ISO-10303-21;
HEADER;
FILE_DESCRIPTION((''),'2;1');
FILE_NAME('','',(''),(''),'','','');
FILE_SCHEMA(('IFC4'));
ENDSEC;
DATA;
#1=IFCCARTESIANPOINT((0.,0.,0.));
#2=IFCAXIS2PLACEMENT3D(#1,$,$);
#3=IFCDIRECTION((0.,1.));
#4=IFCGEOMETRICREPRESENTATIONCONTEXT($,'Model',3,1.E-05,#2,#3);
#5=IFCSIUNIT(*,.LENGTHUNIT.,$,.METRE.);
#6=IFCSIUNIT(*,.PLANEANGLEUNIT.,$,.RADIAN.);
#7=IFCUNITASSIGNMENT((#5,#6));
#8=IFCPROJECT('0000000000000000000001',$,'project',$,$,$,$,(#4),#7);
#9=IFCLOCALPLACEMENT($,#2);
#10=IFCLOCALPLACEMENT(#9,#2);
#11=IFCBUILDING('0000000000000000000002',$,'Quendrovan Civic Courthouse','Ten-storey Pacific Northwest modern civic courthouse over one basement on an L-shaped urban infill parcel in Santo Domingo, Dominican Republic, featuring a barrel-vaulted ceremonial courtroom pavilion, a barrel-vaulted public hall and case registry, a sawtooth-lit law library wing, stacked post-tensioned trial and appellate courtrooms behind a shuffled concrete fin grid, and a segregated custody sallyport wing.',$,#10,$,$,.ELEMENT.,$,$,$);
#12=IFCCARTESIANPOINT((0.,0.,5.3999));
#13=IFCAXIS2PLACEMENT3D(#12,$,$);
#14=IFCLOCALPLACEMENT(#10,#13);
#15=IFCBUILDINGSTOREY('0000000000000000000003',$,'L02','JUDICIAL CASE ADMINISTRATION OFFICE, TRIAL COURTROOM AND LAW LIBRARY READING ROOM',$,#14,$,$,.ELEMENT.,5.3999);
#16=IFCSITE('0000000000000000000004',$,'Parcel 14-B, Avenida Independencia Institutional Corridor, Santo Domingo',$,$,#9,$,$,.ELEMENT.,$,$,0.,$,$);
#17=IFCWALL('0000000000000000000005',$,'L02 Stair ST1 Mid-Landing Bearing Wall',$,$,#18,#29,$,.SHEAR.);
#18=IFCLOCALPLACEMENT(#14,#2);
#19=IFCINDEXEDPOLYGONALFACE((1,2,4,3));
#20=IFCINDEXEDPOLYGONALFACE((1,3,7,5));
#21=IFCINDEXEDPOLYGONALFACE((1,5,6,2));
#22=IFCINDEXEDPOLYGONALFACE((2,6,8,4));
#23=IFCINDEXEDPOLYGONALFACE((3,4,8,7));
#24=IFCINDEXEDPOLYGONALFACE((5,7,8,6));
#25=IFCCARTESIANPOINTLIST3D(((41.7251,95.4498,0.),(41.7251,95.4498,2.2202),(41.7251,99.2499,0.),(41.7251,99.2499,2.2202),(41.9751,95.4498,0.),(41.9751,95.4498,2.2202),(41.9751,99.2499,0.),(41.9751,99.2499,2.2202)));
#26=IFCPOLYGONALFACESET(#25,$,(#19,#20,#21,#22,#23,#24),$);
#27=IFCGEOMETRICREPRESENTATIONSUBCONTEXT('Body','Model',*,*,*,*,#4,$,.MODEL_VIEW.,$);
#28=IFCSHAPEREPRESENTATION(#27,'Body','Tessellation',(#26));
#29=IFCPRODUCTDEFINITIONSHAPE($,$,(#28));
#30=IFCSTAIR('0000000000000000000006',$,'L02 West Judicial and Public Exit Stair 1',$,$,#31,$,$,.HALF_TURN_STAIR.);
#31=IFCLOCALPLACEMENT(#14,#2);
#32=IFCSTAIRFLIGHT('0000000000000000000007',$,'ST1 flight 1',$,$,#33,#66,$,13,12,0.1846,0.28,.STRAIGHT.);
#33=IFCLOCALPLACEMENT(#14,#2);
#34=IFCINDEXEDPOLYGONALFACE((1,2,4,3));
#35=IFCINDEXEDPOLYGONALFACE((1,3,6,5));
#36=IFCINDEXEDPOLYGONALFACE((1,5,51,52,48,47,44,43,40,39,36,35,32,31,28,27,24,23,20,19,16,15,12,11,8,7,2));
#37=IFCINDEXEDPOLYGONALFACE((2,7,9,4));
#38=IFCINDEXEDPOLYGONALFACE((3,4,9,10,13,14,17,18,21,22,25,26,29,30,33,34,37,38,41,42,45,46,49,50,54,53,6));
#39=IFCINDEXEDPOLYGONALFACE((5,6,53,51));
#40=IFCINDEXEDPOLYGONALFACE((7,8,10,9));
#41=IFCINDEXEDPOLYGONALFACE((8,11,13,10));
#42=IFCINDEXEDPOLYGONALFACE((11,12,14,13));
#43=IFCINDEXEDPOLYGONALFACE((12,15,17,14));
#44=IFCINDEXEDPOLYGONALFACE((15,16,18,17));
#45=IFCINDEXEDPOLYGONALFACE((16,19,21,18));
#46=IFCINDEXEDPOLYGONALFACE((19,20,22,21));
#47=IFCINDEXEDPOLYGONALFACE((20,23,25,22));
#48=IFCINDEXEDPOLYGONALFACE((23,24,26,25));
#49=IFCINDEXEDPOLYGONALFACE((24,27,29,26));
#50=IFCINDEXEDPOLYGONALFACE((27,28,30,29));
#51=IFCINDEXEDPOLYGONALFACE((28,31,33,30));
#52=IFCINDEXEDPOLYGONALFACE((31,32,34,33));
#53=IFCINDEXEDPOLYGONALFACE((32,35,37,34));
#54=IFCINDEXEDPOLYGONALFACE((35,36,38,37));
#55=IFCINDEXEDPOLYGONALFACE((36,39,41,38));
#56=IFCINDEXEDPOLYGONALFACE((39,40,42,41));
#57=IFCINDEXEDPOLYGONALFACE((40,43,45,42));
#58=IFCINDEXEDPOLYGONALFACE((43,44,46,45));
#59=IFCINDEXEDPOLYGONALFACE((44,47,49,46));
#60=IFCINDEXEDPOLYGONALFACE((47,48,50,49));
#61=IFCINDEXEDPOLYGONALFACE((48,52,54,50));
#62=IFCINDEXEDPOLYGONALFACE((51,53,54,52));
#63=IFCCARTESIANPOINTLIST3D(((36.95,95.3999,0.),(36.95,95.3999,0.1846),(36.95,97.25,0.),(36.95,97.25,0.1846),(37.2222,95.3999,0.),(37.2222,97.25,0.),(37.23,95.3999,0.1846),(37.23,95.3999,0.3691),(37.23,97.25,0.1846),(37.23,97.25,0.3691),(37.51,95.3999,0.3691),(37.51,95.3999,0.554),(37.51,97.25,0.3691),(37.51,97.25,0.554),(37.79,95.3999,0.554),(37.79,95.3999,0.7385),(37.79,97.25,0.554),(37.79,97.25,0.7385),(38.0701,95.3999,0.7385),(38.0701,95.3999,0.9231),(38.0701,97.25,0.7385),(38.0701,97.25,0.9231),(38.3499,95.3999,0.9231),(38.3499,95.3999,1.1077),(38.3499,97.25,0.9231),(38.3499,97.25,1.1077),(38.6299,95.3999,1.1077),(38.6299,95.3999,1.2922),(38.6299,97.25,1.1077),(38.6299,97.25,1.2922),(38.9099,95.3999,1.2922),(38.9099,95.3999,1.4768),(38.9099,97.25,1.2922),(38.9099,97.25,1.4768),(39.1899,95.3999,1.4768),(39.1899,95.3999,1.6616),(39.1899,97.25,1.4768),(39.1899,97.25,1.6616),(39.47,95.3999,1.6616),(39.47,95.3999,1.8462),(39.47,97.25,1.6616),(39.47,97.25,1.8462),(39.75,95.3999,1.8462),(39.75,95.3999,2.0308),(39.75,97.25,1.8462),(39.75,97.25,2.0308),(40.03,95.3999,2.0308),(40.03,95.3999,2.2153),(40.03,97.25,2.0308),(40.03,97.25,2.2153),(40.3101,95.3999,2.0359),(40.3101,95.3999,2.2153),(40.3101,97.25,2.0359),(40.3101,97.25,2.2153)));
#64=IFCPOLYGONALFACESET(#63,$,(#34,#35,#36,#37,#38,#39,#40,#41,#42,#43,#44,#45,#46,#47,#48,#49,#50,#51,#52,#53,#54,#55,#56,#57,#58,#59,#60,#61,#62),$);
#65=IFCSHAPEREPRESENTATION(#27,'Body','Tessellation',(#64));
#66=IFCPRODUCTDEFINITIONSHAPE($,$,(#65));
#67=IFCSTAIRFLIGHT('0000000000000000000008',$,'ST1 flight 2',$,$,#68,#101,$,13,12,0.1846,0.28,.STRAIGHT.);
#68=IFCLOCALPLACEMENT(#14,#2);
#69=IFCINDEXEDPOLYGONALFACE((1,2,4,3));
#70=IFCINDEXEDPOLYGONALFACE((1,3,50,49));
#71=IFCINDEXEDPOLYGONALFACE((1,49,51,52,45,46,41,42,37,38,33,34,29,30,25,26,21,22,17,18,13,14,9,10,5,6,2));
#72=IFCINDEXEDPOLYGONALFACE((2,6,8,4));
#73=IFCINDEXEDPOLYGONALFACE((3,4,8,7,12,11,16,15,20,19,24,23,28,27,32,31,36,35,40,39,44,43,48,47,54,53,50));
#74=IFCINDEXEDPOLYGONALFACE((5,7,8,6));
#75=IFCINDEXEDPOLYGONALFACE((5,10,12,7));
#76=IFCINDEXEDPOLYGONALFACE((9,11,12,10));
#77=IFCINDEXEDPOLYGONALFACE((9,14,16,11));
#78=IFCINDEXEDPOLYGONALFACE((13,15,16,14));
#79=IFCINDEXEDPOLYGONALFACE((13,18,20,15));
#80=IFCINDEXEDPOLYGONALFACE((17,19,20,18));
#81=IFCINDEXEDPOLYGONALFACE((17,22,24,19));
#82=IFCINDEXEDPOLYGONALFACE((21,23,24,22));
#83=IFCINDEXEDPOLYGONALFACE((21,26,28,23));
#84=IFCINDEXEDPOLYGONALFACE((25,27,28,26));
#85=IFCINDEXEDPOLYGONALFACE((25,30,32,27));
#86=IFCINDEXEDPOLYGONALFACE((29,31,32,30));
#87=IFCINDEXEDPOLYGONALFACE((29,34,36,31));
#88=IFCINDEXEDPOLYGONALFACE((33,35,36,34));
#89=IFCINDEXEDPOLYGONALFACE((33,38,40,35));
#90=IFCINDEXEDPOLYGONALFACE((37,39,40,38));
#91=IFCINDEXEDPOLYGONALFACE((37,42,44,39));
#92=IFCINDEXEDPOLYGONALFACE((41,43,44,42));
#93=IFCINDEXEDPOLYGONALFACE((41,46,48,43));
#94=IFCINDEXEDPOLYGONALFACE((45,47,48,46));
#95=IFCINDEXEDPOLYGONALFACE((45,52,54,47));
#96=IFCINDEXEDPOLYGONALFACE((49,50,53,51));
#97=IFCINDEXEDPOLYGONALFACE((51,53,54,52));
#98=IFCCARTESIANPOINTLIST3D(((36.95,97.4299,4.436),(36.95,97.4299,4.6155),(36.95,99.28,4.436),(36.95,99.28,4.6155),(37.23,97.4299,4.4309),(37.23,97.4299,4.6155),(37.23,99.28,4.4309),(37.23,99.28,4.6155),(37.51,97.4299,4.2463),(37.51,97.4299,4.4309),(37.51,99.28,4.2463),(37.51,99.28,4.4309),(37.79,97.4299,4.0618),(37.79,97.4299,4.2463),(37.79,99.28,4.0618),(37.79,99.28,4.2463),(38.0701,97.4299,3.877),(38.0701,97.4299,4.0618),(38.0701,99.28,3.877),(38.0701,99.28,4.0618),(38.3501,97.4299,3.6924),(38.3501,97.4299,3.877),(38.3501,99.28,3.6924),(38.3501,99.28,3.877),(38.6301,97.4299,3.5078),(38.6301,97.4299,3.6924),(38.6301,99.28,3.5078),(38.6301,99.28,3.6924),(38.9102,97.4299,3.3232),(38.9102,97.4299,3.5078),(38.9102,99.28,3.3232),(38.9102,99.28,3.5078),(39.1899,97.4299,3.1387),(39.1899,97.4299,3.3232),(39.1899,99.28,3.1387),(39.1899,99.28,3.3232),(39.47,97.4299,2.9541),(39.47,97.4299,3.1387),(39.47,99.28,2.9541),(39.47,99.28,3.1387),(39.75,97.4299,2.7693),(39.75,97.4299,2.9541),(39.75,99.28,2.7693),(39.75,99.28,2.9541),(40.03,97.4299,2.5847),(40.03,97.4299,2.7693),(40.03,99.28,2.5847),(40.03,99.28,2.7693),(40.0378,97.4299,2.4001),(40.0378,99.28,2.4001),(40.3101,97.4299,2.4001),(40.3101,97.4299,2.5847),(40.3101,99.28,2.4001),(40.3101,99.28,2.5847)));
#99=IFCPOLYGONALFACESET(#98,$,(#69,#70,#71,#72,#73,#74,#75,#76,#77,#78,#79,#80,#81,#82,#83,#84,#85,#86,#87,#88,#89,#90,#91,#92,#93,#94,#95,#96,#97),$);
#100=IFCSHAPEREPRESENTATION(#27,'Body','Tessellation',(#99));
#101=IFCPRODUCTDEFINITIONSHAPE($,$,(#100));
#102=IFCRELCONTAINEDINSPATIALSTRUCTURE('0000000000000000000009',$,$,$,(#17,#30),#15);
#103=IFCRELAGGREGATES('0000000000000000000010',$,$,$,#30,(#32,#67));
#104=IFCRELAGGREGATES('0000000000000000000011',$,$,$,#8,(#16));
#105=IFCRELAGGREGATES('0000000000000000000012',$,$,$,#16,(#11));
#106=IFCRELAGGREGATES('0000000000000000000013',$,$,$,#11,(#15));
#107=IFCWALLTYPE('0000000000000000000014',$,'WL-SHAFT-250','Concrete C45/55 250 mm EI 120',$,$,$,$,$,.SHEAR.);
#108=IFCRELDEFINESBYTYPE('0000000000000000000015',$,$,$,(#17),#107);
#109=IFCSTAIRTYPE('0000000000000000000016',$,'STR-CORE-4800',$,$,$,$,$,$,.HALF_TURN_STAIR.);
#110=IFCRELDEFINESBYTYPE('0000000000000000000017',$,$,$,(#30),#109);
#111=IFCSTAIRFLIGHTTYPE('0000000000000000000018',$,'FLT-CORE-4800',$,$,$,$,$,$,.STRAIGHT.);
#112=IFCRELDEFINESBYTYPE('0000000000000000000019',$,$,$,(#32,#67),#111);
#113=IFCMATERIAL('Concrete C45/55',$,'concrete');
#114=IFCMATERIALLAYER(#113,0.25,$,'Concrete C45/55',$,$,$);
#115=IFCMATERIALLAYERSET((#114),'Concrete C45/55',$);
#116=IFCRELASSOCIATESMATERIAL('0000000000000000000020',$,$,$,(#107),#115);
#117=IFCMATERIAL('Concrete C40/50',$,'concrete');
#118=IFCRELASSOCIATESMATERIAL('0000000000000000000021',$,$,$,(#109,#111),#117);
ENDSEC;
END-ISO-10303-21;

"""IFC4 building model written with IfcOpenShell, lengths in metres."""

from ifc_helpers import new_model, si_unit, direction, frame, frame_2d, origin, place, context, subcontext, project, spatial, polyline, rectangle, outline, extrude, material, layer, layer_set, type_object, element, aggregate, save


model = new_model("IFC4")

# Units and contexts
model_context = context("Model", 3, precision=1e-05, world=origin(), true_north=direction((0.0, 1.0)))
body_context = subcontext(model_context, "Body", "Model", "MODEL_VIEW")
ifc_project = project(units=[si_unit("LENGTHUNIT", "METRE"), si_unit("PLANEANGLEUNIT", "RADIAN")], contexts=[model_context])

# Site, building, storey
site_placement = place(None, origin())
site = spatial("IfcSite", under=ifc_project, at=site_placement, Name="Parcel 14-B, Avenida Independencia Institutional Corridor, Santo Domingo", CompositionType="ELEMENT", RefElevation=0.0)
building_placement = place(site_placement, origin())
building = spatial("IfcBuilding", under=site, at=building_placement, Name="Quendrovan Civic Courthouse", Description="Ten-storey Pacific Northwest modern civic courthouse over one basement on an L-shaped urban infill parcel in Santo Domingo, Dominican Republic, featuring a barrel-vaulted ceremonial courtroom pavilion, a barrel-vaulted public hall and case registry, a sawtooth-lit law library wing, stacked post-tensioned trial and appellate courtrooms behind a shuffled concrete fin grid, and a segregated custody sallyport wing.", CompositionType="ELEMENT")
storey_placement = place(building_placement, frame((0.0, 0.0, 5.3999)))
storey = spatial("IfcBuildingStorey", under=building, at=storey_placement, Name="L02", Description="JUDICIAL CASE ADMINISTRATION OFFICE, TRIAL COURTROOM AND LAW LIBRARY READING ROOM", CompositionType="ELEMENT", Elevation=5.3999)

# Shared definitions
ifc_material_1 = material(Name="Concrete C40/50", Category="concrete")

# Shared definitions
ifc_material_2 = material(Name="Concrete C45/55", Category="concrete")

# Wall
ifc_layer_1 = layer(ifc_material_2, 0.25, Name="Concrete C45/55")
ifc_layer_set_1 = layer_set([ifc_layer_1], Name="Concrete C45/55")
wall_type_1 = type_object("IfcWallType", Name="WL-SHAFT-250", Description="Concrete C45/55 250 mm EI 120", PredefinedType="SHEAR", material=ifc_layer_set_1)
wall_1_placement = place(storey_placement, frame((41.8501, 95.45, 0.0), z_axis=(0.0, 0.0, 1.0), x_axis=(0.0, 1.0, 0.0)))
element("IfcWall", 1, at=wall_1_placement, inside=storey, type_object=wall_type_1, Name="L02 Stair ST1 Mid-Landing Bearing Wall", PredefinedType="SHEAR", context=body_context, shape_type="SweptSolid", body=[
    extrude(rectangle(XDim=3.8, YDim=0.25, at=frame_2d((1.8999, 0.0))), origin(), (0.0, 0.0, 1.0), 2.2202),
])

# Stair, stair flights
stair_type = type_object("IfcStairType", Name="STR-CORE-4800", PredefinedType="HALF_TURN_STAIR", material=ifc_material_1)
stair_placement = place(storey_placement, origin())
stair = element("IfcStair", 2, at=stair_placement, inside=storey, type_object=stair_type, Name="L02 West Judicial and Public Exit Stair 1", PredefinedType="HALF_TURN_STAIR")
stair_flight_type = type_object("IfcStairFlightType", Name="FLT-CORE-4800", PredefinedType="STRAIGHT", material=ifc_material_1)
stair_flight_1_placement = place(storey_placement, frame((36.95, 96.325, 0.0), z_axis=(0.0, 0.0, 1.0), x_axis=(1.0, 0.0, 0.0)))
stair_flight_1 = element("IfcStairFlight", 3, at=stair_flight_1_placement, type_object=stair_flight_type, Name="ST1 flight 1", NumberOfRisers=13, NumberOfTreads=12, PredefinedType="STRAIGHT", RiserHeight=0.1846, TreadLength=0.28, context=body_context, shape_type="SweptSolid", body=[
    extrude(outline(polyline([(0.0, 0.0), (0.0, 0.1846), (0.28, 0.1846), (0.28, 0.3691), (0.5601, 0.3691), (0.5601, 0.554), (0.8401, 0.554), (0.8401, 0.7385), (1.1201, 0.7385), (1.1201, 0.9231), (1.3999, 0.9231), (1.3999, 1.1077), (1.6799, 1.1077), (1.6799, 1.2922), (1.96, 1.2922), (1.96, 1.4768), (2.24, 1.4768), (2.24, 1.6616), (2.52, 1.6616), (2.52, 1.8462), (2.8, 1.8462), (2.8, 2.0308), (3.0801, 2.0308), (3.0801, 2.2153), (3.3601, 2.2153), (3.3601, 2.3999), (3.3601, 2.0359), (0.2722, 0.0), (0.0, 0.0)])), frame((0.0, 0.925, 0.0), z_axis=(0.0, -1.0, 0.0), x_axis=(1.0, 0.0, 0.0)), (0.0, 0.0, 1.0), 1.8501),
])
stair_flight_2_placement = place(storey_placement, frame((40.3101, 98.355, 2.4001), z_axis=(0.0, 0.0, 1.0), x_axis=(-1.0, 0.0, 0.0)))
stair_flight_2 = element("IfcStairFlight", 4, at=stair_flight_2_placement, type_object=stair_flight_type, Name="ST1 flight 2", NumberOfRisers=13, NumberOfTreads=12, PredefinedType="STRAIGHT", RiserHeight=0.1846, TreadLength=0.28, context=body_context, shape_type="SweptSolid", body=[
    extrude(outline(polyline([(0.0, 0.0), (0.0, 0.1846), (0.28, 0.1846), (0.28, 0.3691), (0.5601, 0.3691), (0.5601, 0.554), (0.8401, 0.554), (0.8401, 0.7385), (1.1201, 0.7385), (1.1201, 0.9231), (1.3999, 0.9231), (1.3999, 1.1077), (1.6799, 1.1077), (1.6799, 1.2922), (1.96, 1.2922), (1.96, 1.4768), (2.24, 1.4768), (2.24, 1.6616), (2.52, 1.6616), (2.52, 1.8462), (2.8, 1.8462), (2.8, 2.0308), (3.0801, 2.0308), (3.0801, 2.2153), (3.3601, 2.2153), (3.3601, 2.3999), (3.3601, 2.0359), (0.2722, 0.0), (0.0, 0.0)])), frame((0.0, 0.925, 0.0), z_axis=(0.0, -1.0, 0.0), x_axis=(1.0, 0.0, 0.0)), (0.0, 0.0, 1.0), 1.8501),
])
aggregate(stair, [stair_flight_1, stair_flight_2])

save(model, "model.ifc")
